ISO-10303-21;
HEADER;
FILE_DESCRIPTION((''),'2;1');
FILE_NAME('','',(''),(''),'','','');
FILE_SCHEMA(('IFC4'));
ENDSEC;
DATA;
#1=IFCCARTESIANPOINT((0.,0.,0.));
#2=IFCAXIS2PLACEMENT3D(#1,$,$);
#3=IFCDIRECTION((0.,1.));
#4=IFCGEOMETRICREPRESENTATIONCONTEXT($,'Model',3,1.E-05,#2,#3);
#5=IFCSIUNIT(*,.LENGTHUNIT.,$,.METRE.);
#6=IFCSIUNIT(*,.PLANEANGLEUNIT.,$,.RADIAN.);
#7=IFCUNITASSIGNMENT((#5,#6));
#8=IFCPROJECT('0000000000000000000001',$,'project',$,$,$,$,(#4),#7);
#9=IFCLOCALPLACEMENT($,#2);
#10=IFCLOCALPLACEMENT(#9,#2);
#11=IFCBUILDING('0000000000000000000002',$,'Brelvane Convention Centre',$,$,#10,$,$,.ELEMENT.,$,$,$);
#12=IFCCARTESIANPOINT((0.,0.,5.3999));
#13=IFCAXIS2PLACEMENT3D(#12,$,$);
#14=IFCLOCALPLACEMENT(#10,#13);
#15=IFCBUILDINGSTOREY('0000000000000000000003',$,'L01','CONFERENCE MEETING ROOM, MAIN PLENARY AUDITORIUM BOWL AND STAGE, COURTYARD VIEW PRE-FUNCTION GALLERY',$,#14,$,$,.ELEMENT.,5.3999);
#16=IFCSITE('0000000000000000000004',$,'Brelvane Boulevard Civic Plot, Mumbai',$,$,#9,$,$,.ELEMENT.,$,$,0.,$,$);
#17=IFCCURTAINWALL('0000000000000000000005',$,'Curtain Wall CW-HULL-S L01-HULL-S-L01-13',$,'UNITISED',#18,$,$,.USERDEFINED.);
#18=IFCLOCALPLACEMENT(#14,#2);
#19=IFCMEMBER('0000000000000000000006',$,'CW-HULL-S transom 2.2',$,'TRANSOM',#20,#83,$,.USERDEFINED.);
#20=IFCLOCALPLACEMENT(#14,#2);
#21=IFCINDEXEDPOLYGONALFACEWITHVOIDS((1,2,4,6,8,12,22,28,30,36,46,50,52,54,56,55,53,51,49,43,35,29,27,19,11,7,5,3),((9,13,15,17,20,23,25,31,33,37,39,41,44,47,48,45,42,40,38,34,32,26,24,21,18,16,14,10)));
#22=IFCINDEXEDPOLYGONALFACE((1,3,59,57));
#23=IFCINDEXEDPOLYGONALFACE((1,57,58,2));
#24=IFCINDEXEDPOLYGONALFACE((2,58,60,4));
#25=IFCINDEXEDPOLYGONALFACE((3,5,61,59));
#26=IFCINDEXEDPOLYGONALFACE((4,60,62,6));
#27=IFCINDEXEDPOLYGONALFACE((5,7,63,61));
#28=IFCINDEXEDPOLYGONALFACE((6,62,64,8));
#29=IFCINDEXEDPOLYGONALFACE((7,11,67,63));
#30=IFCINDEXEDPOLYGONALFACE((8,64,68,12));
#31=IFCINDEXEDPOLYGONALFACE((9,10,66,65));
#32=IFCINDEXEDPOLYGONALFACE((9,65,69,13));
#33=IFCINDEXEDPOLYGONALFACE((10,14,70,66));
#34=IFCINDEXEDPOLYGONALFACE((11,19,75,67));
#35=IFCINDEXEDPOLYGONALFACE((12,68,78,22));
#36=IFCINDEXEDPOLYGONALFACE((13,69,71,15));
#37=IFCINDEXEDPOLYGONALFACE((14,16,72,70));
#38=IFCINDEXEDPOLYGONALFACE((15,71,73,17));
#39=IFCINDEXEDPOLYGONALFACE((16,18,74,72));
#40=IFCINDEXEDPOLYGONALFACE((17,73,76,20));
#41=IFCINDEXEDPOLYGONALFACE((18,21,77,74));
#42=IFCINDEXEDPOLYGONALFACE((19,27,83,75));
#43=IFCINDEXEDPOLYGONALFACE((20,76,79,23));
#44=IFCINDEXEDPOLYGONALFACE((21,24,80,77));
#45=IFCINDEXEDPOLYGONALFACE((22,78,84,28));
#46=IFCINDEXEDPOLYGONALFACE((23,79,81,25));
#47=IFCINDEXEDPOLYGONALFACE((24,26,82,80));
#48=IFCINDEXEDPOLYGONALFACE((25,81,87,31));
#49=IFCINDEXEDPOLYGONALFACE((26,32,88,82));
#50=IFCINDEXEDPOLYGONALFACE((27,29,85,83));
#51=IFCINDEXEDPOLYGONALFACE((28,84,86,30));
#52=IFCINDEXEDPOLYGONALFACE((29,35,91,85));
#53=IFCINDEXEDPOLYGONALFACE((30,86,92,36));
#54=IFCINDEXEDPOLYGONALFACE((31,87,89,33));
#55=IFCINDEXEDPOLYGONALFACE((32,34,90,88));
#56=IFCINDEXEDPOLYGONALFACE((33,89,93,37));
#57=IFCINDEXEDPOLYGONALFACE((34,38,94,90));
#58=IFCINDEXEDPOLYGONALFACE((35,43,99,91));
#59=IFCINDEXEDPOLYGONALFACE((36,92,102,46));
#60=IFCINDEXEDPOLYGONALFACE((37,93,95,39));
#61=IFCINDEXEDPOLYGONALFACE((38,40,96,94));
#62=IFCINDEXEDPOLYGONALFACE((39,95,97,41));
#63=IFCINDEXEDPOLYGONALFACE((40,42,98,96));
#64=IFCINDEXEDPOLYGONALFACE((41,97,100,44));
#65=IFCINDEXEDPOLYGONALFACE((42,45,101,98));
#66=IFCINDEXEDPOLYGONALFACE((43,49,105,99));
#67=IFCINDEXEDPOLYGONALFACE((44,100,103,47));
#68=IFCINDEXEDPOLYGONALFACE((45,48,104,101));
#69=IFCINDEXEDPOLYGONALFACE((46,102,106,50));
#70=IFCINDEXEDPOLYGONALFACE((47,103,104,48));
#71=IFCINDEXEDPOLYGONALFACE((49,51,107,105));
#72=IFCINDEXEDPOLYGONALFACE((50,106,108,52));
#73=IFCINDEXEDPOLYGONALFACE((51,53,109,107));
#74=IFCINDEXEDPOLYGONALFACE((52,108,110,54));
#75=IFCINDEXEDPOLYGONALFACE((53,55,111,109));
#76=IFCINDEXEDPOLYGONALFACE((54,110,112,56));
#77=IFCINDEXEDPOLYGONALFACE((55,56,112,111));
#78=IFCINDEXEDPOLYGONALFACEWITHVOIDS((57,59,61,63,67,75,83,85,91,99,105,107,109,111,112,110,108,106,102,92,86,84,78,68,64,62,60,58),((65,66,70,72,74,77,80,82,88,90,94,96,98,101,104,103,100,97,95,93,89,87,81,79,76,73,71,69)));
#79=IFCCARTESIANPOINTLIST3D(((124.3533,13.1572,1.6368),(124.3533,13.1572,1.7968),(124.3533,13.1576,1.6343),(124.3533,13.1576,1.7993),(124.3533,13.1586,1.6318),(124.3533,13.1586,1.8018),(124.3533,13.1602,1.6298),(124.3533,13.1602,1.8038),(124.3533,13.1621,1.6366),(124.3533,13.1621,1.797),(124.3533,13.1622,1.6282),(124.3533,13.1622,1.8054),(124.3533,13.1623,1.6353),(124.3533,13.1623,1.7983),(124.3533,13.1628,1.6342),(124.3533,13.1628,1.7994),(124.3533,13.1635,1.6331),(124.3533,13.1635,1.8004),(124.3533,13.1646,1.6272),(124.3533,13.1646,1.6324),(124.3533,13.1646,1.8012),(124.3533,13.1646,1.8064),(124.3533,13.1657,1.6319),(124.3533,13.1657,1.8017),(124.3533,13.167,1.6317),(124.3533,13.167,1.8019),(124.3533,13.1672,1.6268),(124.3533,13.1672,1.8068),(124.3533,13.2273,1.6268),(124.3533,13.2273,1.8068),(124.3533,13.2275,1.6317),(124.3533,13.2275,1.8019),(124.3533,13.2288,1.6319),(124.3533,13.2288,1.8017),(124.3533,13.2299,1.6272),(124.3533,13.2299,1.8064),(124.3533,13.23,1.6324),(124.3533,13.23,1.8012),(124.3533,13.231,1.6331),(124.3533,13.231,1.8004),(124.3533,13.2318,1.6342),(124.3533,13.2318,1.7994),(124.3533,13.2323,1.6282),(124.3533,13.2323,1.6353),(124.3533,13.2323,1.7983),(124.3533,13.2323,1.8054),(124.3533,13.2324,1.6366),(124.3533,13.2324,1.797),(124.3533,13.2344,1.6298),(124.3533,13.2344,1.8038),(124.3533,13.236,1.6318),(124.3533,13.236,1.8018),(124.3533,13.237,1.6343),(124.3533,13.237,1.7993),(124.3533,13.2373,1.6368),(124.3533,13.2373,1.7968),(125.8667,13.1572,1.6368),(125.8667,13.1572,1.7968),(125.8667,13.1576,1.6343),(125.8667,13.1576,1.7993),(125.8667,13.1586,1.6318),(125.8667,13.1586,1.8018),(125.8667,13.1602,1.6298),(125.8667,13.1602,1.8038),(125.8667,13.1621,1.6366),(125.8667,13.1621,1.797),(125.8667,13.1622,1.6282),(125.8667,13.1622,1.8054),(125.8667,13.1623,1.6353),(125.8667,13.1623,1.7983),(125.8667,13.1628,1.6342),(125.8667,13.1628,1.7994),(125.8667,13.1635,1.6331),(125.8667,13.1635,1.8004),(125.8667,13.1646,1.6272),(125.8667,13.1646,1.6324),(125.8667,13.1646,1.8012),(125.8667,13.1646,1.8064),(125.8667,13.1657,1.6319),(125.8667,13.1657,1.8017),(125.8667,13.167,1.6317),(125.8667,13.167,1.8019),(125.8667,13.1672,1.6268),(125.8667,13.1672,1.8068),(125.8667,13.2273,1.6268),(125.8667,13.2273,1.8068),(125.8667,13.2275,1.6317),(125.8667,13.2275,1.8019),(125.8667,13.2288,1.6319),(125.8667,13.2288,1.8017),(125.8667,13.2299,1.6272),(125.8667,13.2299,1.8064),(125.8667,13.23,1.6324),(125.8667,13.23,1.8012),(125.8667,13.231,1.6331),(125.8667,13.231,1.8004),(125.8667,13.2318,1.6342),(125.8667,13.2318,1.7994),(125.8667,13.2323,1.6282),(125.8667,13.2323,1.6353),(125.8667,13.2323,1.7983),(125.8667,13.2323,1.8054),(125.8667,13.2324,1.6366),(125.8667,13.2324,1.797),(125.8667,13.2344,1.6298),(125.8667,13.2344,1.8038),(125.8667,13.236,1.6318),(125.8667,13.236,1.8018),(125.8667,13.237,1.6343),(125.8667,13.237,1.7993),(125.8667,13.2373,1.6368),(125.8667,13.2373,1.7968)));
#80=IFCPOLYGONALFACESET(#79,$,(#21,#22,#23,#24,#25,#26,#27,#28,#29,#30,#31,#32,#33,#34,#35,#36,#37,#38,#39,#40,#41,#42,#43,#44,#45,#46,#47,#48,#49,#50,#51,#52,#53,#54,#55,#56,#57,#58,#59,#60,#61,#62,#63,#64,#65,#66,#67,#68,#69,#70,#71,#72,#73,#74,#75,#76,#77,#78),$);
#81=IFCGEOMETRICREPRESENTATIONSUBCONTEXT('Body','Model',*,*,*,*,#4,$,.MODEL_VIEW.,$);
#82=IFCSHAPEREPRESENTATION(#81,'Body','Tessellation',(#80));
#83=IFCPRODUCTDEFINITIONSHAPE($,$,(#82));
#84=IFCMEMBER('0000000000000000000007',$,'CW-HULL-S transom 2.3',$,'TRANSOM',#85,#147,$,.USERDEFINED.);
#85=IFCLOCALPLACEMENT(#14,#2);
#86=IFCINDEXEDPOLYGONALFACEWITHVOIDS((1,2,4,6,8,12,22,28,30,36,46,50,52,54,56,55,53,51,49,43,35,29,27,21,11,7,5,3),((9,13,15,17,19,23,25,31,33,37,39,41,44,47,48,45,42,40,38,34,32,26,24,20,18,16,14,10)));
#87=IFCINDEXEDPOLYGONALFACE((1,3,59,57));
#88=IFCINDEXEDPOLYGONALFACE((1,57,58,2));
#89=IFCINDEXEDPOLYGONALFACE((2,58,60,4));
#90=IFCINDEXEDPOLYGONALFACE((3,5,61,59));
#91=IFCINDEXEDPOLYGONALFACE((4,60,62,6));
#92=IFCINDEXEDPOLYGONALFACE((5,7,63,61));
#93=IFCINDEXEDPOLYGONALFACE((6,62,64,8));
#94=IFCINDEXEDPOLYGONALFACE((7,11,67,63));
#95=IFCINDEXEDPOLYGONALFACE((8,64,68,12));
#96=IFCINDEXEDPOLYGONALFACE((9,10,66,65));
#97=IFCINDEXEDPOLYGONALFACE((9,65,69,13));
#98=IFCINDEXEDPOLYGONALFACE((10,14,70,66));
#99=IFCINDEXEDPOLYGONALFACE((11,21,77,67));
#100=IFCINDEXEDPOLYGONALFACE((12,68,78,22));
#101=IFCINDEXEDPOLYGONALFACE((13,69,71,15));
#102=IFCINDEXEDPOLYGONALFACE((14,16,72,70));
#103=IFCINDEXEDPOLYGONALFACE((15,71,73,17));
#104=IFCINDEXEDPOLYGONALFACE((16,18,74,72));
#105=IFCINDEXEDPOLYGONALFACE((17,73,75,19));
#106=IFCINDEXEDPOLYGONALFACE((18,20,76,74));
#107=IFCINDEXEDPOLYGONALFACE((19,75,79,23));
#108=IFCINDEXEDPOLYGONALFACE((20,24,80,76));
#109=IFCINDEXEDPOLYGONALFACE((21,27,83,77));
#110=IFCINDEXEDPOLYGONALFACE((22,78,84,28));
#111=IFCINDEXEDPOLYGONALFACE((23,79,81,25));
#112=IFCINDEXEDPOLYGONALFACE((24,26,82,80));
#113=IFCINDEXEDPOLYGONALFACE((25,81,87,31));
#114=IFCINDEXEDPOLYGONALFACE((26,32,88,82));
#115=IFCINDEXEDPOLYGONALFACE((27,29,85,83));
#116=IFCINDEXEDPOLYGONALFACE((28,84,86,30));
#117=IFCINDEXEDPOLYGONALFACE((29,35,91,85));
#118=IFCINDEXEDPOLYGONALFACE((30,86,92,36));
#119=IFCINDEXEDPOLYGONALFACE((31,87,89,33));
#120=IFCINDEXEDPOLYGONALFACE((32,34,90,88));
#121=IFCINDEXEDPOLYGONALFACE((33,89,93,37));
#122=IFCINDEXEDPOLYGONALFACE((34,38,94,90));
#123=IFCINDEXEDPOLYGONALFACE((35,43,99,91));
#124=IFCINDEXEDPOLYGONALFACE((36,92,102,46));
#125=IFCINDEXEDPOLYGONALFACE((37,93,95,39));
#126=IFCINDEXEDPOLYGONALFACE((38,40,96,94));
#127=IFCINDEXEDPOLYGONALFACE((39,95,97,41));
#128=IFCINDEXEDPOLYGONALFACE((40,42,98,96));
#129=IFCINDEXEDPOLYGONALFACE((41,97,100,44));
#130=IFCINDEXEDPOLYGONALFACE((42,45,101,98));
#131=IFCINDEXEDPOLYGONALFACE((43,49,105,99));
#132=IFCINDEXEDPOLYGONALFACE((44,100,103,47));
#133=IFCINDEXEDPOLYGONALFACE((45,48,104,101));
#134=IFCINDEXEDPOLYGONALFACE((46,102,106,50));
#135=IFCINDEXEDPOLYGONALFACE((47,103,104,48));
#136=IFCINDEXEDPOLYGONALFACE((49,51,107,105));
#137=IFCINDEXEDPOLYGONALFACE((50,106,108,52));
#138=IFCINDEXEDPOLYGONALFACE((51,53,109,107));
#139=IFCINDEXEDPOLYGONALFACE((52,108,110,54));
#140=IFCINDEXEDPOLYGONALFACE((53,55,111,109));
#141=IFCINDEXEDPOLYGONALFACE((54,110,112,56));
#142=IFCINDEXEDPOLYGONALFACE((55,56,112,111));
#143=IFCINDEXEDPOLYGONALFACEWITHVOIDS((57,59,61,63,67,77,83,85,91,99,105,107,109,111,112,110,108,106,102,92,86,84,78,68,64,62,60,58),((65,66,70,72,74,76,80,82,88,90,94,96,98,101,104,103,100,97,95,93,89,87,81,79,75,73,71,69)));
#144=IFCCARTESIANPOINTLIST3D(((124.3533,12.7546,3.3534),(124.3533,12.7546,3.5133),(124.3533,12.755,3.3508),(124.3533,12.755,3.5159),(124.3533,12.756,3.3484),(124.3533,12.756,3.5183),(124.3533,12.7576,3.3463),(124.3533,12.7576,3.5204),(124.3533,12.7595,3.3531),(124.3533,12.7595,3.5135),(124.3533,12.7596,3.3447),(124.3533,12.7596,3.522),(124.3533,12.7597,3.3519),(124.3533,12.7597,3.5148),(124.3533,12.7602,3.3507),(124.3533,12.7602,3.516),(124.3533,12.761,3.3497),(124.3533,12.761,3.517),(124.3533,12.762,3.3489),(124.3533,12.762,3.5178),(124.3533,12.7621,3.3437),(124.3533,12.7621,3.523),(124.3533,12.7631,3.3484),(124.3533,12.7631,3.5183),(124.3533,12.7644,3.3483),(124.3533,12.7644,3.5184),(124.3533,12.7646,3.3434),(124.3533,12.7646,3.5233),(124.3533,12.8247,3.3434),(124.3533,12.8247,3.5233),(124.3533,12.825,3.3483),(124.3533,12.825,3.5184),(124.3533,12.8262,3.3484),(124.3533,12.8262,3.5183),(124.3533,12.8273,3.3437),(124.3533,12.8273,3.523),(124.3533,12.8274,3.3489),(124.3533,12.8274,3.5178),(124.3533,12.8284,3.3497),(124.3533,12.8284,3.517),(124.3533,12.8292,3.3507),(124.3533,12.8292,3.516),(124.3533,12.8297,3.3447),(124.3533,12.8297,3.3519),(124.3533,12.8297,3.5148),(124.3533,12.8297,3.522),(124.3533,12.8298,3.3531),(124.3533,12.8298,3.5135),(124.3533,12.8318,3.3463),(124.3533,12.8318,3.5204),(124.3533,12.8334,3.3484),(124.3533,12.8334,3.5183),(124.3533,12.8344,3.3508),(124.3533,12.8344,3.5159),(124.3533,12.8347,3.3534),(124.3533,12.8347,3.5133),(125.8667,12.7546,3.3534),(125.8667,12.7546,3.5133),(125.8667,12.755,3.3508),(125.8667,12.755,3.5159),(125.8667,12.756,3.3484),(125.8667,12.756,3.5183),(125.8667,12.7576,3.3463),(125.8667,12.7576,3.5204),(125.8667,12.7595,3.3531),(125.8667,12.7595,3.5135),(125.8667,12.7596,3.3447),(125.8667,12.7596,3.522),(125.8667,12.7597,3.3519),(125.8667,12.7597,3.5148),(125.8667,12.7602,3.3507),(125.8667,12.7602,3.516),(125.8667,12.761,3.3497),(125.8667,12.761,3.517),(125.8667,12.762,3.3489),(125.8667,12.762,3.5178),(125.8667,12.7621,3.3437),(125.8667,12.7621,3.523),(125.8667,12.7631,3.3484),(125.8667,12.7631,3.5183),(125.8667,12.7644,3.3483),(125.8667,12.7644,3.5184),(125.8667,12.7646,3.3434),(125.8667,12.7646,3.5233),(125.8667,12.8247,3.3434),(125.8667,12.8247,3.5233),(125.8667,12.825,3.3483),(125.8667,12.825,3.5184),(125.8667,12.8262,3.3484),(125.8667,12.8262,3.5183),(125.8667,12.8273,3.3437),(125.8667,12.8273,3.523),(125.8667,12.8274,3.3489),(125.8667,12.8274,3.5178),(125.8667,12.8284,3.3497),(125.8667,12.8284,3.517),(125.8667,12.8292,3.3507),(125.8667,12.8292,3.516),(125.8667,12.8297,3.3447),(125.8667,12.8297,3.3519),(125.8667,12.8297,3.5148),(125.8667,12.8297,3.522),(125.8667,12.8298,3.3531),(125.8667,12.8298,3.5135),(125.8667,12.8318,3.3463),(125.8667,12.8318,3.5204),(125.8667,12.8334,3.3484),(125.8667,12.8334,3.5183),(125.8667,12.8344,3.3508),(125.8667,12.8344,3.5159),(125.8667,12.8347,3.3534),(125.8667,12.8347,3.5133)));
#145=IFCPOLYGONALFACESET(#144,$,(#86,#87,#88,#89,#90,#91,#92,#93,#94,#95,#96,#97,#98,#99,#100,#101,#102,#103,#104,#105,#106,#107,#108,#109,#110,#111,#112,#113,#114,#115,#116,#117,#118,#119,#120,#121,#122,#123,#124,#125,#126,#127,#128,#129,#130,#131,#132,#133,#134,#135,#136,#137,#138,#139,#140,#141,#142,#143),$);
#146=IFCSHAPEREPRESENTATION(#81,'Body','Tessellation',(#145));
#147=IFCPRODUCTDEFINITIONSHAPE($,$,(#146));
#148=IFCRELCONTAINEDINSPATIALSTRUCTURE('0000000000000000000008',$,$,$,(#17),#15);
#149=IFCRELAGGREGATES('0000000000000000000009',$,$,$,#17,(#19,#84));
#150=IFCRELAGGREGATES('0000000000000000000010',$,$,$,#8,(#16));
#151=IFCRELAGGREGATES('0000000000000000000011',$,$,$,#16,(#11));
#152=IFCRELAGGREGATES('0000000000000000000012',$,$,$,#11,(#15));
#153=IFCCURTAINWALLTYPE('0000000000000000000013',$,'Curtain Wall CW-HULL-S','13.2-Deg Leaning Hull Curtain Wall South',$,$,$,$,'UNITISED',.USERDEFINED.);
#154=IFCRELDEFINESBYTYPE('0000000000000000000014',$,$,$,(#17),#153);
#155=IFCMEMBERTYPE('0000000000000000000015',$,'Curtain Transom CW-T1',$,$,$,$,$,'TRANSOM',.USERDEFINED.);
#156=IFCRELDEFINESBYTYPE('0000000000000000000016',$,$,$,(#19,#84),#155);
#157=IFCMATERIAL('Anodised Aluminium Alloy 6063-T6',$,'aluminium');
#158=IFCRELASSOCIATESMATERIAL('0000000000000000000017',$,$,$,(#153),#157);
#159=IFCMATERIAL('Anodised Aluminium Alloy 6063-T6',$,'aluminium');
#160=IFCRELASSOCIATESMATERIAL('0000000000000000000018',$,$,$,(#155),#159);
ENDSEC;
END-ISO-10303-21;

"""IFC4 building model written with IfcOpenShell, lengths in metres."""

from ifc_helpers import new_model, si_unit, direction, frame, origin, origin_2d, place, context, subcontext, project, spatial, hollow_rectangle, extrude, material, material_profile, profile_set, type_object, element, aggregate, save


model = new_model("IFC4")

# Units and contexts
model_context = context("Model", 3, precision=1e-05, world=origin(), true_north=direction((0.0, 1.0)))
body_context = subcontext(model_context, "Body", "Model", "MODEL_VIEW")
ifc_project = project(units=[si_unit("LENGTHUNIT", "METRE"), si_unit("PLANEANGLEUNIT", "RADIAN")], contexts=[model_context])

# Site, building, storey
site_placement = place(None, origin())
site = spatial("IfcSite", under=ifc_project, at=site_placement, Name="Brelvane Boulevard Civic Plot, Mumbai", CompositionType="ELEMENT", RefElevation=0.0)
building_placement = place(site_placement, origin())
building = spatial("IfcBuilding", under=site, at=building_placement, Name="Brelvane Convention Centre", CompositionType="ELEMENT")
storey_placement = place(building_placement, frame((0.0, 0.0, 5.3999)))
storey = spatial("IfcBuildingStorey", under=building, at=storey_placement, Name="L01", Description="CONFERENCE MEETING ROOM, MAIN PLENARY AUDITORIUM BOWL AND STAGE, COURTYARD VIEW PRE-FUNCTION GALLERY", CompositionType="ELEMENT", Elevation=5.3999)

# Curtain wall, members
ifc_material_1 = material(Name="Anodised Aluminium Alloy 6063-T6", Category="aluminium")
curtain_wall_type = type_object("IfcCurtainWallType", Name="Curtain Wall CW-HULL-S", Description="13.2-Deg Leaning Hull Curtain Wall South", ElementType="UNITISED", PredefinedType="USERDEFINED", material=ifc_material_1)
ifc_material_2 = material(Name="Anodised Aluminium Alloy 6063-T6", Category="aluminium")
ifc_material_profile = material_profile(ifc_material_2, hollow_rectangle(XDim=0.0801, YDim=0.1799, WallThickness=0.0049, InnerFilletRadius=0.0049, OuterFilletRadius=0.01, at=origin_2d()), Name="ALU-T 180x80x5.0")
ifc_profile_set = profile_set([ifc_material_profile], Name="Anodised Aluminium Alloy 6063-T6")
member_type = type_object("IfcMemberType", Name="Curtain Transom CW-T1", ElementType="TRANSOM", PredefinedType="USERDEFINED", material=ifc_profile_set)
curtain_wall_1_placement = place(storey_placement, origin())
curtain_wall_1 = element("IfcCurtainWall", 1, at=curtain_wall_1_placement, inside=storey, type_object=curtain_wall_type, Name="Curtain Wall CW-HULL-S L01-HULL-S-L01-13", ObjectType="UNITISED", PredefinedType="USERDEFINED")
member_1_placement = place(storey_placement, frame((124.3533, 13.1973, 1.7168), z_axis=(1.0, 0.0, 0.0), x_axis=(0.0, 1.0, 0.0)))
member_1 = element("IfcMember", 2, at=member_1_placement, type_object=member_type, Name="CW-HULL-S transom 2.2", ObjectType="TRANSOM", PredefinedType="USERDEFINED", context=body_context, shape_type="SweptSolid", body=[
    extrude(hollow_rectangle(XDim=0.0801, YDim=0.1799, WallThickness=0.0049, InnerFilletRadius=0.0049, OuterFilletRadius=0.01, at=origin_2d()), origin(), (0.0, 0.0, 1.0), 1.5134),
])
member_2_placement = place(storey_placement, frame((124.3533, 12.7947, 3.4333), z_axis=(1.0, 0.0, 0.0), x_axis=(0.0, 1.0, 0.0)))
member_2 = element("IfcMember", 3, at=member_2_placement, type_object=member_type, Name="CW-HULL-S transom 2.3", ObjectType="TRANSOM", PredefinedType="USERDEFINED", context=body_context, shape_type="SweptSolid", body=[
    extrude(hollow_rectangle(XDim=0.0801, YDim=0.1799, WallThickness=0.0049, InnerFilletRadius=0.0049, OuterFilletRadius=0.01, at=origin_2d()), origin(), (0.0, 0.0, 1.0), 1.5134),
])

aggregate(curtain_wall_1, [member_1, member_2])

save(model, "model.ifc")
